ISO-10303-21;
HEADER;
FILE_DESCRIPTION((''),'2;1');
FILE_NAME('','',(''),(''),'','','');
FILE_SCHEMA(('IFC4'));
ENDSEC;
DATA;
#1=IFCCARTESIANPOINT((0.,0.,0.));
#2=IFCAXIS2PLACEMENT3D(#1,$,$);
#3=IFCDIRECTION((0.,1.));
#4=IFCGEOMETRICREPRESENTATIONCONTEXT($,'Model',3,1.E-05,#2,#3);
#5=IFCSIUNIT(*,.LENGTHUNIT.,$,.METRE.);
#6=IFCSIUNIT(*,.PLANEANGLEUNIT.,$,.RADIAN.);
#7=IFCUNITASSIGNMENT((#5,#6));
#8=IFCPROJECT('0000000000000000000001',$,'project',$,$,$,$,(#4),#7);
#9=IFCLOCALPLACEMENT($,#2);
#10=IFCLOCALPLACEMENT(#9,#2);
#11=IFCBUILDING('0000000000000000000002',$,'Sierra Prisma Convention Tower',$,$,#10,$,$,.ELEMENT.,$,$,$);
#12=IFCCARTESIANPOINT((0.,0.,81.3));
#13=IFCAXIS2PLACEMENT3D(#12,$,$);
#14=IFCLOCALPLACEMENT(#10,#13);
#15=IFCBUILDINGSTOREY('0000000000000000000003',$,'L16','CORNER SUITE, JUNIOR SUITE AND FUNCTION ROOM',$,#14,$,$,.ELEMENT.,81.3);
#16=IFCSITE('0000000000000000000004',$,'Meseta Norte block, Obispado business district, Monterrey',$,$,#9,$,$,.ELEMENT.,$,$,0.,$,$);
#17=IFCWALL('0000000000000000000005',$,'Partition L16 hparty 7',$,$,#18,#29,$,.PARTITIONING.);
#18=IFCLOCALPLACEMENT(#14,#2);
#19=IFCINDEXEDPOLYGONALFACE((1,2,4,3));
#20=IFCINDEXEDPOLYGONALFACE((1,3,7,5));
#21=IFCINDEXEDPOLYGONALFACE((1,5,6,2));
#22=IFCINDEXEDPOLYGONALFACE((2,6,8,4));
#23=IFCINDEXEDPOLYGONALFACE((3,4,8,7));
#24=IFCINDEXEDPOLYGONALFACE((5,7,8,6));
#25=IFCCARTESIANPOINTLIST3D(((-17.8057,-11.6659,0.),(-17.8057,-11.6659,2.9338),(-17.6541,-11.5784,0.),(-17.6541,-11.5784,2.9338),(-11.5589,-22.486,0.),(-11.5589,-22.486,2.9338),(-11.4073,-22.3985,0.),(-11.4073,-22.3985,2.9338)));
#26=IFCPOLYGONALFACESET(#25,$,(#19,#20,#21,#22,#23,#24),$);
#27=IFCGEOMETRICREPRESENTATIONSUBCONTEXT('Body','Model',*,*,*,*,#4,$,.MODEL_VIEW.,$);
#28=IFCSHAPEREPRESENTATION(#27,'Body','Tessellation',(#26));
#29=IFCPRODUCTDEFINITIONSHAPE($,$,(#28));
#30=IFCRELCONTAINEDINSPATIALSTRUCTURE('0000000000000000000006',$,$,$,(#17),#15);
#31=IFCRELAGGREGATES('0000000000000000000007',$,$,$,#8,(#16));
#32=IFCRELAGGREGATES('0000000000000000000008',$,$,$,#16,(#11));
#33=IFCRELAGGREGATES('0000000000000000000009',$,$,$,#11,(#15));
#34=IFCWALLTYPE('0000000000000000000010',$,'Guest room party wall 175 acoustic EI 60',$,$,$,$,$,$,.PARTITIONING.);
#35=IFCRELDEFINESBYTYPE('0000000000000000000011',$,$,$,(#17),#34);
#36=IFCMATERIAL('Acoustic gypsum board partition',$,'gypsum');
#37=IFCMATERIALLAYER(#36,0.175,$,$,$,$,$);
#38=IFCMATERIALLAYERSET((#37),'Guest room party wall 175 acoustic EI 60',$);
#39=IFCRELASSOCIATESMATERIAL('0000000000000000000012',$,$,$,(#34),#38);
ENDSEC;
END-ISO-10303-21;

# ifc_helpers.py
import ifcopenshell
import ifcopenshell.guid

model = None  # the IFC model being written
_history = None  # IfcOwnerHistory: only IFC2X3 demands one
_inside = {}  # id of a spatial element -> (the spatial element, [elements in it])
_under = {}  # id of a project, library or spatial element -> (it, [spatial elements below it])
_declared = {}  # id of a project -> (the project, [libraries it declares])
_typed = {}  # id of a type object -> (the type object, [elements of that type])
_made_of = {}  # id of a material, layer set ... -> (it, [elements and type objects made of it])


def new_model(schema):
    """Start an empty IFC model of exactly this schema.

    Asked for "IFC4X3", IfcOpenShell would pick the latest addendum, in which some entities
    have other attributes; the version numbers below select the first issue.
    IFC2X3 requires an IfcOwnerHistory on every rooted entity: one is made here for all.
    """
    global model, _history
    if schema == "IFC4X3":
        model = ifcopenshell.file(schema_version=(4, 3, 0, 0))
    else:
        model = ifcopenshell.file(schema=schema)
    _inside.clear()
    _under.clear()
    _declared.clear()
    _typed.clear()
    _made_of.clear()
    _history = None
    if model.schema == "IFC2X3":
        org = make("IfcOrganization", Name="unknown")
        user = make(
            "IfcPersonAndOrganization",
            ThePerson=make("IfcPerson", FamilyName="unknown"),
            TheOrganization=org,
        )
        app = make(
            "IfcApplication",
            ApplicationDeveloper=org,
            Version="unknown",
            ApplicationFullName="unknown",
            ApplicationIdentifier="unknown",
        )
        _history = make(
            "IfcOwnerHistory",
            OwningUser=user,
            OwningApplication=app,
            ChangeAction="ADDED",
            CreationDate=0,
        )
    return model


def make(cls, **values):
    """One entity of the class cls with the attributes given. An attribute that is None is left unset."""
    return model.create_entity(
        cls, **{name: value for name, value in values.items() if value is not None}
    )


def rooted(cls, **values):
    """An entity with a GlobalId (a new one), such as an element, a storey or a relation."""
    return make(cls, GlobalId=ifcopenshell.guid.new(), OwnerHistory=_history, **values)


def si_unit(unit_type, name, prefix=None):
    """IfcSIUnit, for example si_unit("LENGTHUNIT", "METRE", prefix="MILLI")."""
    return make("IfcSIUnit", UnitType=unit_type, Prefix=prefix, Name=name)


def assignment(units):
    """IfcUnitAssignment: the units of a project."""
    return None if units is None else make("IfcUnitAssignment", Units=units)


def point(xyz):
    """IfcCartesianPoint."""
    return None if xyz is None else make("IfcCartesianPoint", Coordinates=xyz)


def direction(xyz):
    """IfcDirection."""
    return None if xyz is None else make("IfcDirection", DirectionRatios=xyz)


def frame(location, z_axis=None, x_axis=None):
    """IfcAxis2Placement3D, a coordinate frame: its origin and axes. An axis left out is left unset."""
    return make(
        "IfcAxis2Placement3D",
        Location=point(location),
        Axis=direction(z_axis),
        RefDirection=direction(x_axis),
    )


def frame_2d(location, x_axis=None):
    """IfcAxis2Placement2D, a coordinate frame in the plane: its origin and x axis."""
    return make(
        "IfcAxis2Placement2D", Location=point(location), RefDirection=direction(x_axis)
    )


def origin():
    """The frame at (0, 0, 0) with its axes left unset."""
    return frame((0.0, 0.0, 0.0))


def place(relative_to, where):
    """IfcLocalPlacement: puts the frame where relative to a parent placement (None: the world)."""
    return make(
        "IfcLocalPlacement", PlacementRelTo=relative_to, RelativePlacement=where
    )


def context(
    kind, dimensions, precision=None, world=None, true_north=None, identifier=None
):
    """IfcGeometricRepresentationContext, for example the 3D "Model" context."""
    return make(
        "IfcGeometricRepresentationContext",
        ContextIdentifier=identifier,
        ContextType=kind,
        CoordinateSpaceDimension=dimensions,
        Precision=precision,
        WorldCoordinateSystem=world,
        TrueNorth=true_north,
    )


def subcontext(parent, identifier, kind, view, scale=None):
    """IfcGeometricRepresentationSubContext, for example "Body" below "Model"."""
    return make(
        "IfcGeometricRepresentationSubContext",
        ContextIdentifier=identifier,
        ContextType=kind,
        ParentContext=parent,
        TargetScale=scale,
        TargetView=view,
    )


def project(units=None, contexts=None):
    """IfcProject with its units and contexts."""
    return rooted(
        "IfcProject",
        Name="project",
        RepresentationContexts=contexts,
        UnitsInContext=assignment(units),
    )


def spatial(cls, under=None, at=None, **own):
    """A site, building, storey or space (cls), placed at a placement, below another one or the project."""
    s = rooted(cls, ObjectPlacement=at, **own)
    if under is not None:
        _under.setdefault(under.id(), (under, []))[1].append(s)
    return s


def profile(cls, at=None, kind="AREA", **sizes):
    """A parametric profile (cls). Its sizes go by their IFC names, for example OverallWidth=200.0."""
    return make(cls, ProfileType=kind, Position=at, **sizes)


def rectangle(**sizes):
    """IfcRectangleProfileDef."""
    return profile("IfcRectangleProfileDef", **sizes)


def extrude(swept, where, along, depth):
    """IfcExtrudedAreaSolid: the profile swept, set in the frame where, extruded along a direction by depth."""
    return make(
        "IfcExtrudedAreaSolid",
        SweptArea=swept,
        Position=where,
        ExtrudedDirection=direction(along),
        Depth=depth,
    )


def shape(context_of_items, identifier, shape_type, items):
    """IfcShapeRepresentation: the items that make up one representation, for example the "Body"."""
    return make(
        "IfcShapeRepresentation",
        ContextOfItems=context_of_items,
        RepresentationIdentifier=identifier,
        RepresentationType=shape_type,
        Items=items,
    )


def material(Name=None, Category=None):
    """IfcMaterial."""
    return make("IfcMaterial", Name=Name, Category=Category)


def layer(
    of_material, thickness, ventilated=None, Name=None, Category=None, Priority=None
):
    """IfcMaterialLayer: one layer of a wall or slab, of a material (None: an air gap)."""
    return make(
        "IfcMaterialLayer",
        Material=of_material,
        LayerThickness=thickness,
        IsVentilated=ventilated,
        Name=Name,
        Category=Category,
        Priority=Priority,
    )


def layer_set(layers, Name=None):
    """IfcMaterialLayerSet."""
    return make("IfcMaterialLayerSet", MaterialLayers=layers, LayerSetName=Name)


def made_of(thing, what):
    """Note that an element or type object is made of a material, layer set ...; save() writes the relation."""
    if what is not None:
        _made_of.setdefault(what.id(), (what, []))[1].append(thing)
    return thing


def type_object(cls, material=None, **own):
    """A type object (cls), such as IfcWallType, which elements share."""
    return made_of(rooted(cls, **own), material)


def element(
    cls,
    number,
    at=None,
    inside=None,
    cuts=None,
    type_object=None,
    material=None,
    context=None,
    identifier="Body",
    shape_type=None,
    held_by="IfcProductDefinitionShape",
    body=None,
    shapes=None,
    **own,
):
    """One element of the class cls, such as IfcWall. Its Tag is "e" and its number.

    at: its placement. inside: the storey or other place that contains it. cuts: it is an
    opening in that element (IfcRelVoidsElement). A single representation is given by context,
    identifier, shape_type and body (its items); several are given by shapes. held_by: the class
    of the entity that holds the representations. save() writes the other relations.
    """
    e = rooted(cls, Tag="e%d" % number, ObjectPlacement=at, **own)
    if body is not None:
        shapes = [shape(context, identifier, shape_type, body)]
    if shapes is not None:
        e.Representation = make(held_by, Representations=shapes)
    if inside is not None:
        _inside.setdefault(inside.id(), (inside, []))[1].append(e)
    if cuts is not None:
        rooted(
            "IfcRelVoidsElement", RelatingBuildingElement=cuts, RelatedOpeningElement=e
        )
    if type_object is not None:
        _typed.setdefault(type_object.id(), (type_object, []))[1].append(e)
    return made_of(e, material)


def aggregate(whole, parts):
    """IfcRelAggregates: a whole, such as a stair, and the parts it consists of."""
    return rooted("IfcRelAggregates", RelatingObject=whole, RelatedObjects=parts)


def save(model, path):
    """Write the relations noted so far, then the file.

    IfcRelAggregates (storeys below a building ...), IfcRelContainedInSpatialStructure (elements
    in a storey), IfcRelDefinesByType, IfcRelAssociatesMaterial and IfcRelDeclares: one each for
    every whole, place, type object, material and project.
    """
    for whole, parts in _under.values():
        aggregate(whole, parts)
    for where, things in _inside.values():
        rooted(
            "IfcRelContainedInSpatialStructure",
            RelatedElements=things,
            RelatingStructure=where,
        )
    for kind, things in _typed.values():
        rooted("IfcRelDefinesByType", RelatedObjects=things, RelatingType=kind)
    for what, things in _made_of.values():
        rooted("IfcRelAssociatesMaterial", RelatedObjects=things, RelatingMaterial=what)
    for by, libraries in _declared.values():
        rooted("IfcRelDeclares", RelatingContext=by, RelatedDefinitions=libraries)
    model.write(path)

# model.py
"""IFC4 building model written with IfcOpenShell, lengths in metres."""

from ifc_helpers import new_model, si_unit, direction, frame, frame_2d, origin, place, context, subcontext, project, spatial, rectangle, extrude, material, layer, layer_set, type_object, element, save


model = new_model("IFC4")

# Units and contexts
model_context = context("Model", 3, precision=1e-05, world=origin(), true_north=direction((0.0, 1.0)))
body_context = subcontext(model_context, "Body", "Model", "MODEL_VIEW")
ifc_project = project(units=[si_unit("LENGTHUNIT", "METRE"), si_unit("PLANEANGLEUNIT", "RADIAN")], contexts=[model_context])

# Site, building, storey
site_placement = place(None, origin())
site = spatial("IfcSite", under=ifc_project, at=site_placement, Name="Meseta Norte block, Obispado business district, Monterrey", CompositionType="ELEMENT", RefElevation=0.0)
building_placement = place(site_placement, origin())
building = spatial("IfcBuilding", under=site, at=building_placement, Name="Sierra Prisma Convention Tower", CompositionType="ELEMENT")
storey_placement = place(building_placement, frame((0.0, 0.0, 81.3)))
storey = spatial("IfcBuildingStorey", under=building, at=storey_placement, Name="L16", Description="CORNER SUITE, JUNIOR SUITE AND FUNCTION ROOM", CompositionType="ELEMENT", Elevation=81.3)

# Wall
ifc_material_1 = material(Name="Acoustic gypsum board partition", Category="gypsum")
ifc_layer_1 = layer(ifc_material_1, 0.175)
ifc_layer_set_1 = layer_set([ifc_layer_1], Name="Guest room party wall 175 acoustic EI 60")
wall_type_1 = type_object("IfcWallType", Name="Guest room party wall 175 acoustic EI 60", PredefinedType="PARTITIONING", material=ifc_layer_set_1)
wall_1_placement = place(storey_placement, frame((-17.73, -11.6221, 0.0), z_axis=(0.0, 0.0, 1.0), x_axis=(0.499991, -0.86603, 0.0)))
element("IfcWall", 1, at=wall_1_placement, inside=storey, type_object=wall_type_1, Name="Partition L16 hparty 7", PredefinedType="PARTITIONING", context=body_context, shape_type="SweptSolid", body=[
    extrude(rectangle(XDim=12.4939, YDim=0.175, at=frame_2d((6.2471, 0.0))), origin(), (0.0, 0.0, 1.0), 2.9338),
])

save(model, "model.ifc")
